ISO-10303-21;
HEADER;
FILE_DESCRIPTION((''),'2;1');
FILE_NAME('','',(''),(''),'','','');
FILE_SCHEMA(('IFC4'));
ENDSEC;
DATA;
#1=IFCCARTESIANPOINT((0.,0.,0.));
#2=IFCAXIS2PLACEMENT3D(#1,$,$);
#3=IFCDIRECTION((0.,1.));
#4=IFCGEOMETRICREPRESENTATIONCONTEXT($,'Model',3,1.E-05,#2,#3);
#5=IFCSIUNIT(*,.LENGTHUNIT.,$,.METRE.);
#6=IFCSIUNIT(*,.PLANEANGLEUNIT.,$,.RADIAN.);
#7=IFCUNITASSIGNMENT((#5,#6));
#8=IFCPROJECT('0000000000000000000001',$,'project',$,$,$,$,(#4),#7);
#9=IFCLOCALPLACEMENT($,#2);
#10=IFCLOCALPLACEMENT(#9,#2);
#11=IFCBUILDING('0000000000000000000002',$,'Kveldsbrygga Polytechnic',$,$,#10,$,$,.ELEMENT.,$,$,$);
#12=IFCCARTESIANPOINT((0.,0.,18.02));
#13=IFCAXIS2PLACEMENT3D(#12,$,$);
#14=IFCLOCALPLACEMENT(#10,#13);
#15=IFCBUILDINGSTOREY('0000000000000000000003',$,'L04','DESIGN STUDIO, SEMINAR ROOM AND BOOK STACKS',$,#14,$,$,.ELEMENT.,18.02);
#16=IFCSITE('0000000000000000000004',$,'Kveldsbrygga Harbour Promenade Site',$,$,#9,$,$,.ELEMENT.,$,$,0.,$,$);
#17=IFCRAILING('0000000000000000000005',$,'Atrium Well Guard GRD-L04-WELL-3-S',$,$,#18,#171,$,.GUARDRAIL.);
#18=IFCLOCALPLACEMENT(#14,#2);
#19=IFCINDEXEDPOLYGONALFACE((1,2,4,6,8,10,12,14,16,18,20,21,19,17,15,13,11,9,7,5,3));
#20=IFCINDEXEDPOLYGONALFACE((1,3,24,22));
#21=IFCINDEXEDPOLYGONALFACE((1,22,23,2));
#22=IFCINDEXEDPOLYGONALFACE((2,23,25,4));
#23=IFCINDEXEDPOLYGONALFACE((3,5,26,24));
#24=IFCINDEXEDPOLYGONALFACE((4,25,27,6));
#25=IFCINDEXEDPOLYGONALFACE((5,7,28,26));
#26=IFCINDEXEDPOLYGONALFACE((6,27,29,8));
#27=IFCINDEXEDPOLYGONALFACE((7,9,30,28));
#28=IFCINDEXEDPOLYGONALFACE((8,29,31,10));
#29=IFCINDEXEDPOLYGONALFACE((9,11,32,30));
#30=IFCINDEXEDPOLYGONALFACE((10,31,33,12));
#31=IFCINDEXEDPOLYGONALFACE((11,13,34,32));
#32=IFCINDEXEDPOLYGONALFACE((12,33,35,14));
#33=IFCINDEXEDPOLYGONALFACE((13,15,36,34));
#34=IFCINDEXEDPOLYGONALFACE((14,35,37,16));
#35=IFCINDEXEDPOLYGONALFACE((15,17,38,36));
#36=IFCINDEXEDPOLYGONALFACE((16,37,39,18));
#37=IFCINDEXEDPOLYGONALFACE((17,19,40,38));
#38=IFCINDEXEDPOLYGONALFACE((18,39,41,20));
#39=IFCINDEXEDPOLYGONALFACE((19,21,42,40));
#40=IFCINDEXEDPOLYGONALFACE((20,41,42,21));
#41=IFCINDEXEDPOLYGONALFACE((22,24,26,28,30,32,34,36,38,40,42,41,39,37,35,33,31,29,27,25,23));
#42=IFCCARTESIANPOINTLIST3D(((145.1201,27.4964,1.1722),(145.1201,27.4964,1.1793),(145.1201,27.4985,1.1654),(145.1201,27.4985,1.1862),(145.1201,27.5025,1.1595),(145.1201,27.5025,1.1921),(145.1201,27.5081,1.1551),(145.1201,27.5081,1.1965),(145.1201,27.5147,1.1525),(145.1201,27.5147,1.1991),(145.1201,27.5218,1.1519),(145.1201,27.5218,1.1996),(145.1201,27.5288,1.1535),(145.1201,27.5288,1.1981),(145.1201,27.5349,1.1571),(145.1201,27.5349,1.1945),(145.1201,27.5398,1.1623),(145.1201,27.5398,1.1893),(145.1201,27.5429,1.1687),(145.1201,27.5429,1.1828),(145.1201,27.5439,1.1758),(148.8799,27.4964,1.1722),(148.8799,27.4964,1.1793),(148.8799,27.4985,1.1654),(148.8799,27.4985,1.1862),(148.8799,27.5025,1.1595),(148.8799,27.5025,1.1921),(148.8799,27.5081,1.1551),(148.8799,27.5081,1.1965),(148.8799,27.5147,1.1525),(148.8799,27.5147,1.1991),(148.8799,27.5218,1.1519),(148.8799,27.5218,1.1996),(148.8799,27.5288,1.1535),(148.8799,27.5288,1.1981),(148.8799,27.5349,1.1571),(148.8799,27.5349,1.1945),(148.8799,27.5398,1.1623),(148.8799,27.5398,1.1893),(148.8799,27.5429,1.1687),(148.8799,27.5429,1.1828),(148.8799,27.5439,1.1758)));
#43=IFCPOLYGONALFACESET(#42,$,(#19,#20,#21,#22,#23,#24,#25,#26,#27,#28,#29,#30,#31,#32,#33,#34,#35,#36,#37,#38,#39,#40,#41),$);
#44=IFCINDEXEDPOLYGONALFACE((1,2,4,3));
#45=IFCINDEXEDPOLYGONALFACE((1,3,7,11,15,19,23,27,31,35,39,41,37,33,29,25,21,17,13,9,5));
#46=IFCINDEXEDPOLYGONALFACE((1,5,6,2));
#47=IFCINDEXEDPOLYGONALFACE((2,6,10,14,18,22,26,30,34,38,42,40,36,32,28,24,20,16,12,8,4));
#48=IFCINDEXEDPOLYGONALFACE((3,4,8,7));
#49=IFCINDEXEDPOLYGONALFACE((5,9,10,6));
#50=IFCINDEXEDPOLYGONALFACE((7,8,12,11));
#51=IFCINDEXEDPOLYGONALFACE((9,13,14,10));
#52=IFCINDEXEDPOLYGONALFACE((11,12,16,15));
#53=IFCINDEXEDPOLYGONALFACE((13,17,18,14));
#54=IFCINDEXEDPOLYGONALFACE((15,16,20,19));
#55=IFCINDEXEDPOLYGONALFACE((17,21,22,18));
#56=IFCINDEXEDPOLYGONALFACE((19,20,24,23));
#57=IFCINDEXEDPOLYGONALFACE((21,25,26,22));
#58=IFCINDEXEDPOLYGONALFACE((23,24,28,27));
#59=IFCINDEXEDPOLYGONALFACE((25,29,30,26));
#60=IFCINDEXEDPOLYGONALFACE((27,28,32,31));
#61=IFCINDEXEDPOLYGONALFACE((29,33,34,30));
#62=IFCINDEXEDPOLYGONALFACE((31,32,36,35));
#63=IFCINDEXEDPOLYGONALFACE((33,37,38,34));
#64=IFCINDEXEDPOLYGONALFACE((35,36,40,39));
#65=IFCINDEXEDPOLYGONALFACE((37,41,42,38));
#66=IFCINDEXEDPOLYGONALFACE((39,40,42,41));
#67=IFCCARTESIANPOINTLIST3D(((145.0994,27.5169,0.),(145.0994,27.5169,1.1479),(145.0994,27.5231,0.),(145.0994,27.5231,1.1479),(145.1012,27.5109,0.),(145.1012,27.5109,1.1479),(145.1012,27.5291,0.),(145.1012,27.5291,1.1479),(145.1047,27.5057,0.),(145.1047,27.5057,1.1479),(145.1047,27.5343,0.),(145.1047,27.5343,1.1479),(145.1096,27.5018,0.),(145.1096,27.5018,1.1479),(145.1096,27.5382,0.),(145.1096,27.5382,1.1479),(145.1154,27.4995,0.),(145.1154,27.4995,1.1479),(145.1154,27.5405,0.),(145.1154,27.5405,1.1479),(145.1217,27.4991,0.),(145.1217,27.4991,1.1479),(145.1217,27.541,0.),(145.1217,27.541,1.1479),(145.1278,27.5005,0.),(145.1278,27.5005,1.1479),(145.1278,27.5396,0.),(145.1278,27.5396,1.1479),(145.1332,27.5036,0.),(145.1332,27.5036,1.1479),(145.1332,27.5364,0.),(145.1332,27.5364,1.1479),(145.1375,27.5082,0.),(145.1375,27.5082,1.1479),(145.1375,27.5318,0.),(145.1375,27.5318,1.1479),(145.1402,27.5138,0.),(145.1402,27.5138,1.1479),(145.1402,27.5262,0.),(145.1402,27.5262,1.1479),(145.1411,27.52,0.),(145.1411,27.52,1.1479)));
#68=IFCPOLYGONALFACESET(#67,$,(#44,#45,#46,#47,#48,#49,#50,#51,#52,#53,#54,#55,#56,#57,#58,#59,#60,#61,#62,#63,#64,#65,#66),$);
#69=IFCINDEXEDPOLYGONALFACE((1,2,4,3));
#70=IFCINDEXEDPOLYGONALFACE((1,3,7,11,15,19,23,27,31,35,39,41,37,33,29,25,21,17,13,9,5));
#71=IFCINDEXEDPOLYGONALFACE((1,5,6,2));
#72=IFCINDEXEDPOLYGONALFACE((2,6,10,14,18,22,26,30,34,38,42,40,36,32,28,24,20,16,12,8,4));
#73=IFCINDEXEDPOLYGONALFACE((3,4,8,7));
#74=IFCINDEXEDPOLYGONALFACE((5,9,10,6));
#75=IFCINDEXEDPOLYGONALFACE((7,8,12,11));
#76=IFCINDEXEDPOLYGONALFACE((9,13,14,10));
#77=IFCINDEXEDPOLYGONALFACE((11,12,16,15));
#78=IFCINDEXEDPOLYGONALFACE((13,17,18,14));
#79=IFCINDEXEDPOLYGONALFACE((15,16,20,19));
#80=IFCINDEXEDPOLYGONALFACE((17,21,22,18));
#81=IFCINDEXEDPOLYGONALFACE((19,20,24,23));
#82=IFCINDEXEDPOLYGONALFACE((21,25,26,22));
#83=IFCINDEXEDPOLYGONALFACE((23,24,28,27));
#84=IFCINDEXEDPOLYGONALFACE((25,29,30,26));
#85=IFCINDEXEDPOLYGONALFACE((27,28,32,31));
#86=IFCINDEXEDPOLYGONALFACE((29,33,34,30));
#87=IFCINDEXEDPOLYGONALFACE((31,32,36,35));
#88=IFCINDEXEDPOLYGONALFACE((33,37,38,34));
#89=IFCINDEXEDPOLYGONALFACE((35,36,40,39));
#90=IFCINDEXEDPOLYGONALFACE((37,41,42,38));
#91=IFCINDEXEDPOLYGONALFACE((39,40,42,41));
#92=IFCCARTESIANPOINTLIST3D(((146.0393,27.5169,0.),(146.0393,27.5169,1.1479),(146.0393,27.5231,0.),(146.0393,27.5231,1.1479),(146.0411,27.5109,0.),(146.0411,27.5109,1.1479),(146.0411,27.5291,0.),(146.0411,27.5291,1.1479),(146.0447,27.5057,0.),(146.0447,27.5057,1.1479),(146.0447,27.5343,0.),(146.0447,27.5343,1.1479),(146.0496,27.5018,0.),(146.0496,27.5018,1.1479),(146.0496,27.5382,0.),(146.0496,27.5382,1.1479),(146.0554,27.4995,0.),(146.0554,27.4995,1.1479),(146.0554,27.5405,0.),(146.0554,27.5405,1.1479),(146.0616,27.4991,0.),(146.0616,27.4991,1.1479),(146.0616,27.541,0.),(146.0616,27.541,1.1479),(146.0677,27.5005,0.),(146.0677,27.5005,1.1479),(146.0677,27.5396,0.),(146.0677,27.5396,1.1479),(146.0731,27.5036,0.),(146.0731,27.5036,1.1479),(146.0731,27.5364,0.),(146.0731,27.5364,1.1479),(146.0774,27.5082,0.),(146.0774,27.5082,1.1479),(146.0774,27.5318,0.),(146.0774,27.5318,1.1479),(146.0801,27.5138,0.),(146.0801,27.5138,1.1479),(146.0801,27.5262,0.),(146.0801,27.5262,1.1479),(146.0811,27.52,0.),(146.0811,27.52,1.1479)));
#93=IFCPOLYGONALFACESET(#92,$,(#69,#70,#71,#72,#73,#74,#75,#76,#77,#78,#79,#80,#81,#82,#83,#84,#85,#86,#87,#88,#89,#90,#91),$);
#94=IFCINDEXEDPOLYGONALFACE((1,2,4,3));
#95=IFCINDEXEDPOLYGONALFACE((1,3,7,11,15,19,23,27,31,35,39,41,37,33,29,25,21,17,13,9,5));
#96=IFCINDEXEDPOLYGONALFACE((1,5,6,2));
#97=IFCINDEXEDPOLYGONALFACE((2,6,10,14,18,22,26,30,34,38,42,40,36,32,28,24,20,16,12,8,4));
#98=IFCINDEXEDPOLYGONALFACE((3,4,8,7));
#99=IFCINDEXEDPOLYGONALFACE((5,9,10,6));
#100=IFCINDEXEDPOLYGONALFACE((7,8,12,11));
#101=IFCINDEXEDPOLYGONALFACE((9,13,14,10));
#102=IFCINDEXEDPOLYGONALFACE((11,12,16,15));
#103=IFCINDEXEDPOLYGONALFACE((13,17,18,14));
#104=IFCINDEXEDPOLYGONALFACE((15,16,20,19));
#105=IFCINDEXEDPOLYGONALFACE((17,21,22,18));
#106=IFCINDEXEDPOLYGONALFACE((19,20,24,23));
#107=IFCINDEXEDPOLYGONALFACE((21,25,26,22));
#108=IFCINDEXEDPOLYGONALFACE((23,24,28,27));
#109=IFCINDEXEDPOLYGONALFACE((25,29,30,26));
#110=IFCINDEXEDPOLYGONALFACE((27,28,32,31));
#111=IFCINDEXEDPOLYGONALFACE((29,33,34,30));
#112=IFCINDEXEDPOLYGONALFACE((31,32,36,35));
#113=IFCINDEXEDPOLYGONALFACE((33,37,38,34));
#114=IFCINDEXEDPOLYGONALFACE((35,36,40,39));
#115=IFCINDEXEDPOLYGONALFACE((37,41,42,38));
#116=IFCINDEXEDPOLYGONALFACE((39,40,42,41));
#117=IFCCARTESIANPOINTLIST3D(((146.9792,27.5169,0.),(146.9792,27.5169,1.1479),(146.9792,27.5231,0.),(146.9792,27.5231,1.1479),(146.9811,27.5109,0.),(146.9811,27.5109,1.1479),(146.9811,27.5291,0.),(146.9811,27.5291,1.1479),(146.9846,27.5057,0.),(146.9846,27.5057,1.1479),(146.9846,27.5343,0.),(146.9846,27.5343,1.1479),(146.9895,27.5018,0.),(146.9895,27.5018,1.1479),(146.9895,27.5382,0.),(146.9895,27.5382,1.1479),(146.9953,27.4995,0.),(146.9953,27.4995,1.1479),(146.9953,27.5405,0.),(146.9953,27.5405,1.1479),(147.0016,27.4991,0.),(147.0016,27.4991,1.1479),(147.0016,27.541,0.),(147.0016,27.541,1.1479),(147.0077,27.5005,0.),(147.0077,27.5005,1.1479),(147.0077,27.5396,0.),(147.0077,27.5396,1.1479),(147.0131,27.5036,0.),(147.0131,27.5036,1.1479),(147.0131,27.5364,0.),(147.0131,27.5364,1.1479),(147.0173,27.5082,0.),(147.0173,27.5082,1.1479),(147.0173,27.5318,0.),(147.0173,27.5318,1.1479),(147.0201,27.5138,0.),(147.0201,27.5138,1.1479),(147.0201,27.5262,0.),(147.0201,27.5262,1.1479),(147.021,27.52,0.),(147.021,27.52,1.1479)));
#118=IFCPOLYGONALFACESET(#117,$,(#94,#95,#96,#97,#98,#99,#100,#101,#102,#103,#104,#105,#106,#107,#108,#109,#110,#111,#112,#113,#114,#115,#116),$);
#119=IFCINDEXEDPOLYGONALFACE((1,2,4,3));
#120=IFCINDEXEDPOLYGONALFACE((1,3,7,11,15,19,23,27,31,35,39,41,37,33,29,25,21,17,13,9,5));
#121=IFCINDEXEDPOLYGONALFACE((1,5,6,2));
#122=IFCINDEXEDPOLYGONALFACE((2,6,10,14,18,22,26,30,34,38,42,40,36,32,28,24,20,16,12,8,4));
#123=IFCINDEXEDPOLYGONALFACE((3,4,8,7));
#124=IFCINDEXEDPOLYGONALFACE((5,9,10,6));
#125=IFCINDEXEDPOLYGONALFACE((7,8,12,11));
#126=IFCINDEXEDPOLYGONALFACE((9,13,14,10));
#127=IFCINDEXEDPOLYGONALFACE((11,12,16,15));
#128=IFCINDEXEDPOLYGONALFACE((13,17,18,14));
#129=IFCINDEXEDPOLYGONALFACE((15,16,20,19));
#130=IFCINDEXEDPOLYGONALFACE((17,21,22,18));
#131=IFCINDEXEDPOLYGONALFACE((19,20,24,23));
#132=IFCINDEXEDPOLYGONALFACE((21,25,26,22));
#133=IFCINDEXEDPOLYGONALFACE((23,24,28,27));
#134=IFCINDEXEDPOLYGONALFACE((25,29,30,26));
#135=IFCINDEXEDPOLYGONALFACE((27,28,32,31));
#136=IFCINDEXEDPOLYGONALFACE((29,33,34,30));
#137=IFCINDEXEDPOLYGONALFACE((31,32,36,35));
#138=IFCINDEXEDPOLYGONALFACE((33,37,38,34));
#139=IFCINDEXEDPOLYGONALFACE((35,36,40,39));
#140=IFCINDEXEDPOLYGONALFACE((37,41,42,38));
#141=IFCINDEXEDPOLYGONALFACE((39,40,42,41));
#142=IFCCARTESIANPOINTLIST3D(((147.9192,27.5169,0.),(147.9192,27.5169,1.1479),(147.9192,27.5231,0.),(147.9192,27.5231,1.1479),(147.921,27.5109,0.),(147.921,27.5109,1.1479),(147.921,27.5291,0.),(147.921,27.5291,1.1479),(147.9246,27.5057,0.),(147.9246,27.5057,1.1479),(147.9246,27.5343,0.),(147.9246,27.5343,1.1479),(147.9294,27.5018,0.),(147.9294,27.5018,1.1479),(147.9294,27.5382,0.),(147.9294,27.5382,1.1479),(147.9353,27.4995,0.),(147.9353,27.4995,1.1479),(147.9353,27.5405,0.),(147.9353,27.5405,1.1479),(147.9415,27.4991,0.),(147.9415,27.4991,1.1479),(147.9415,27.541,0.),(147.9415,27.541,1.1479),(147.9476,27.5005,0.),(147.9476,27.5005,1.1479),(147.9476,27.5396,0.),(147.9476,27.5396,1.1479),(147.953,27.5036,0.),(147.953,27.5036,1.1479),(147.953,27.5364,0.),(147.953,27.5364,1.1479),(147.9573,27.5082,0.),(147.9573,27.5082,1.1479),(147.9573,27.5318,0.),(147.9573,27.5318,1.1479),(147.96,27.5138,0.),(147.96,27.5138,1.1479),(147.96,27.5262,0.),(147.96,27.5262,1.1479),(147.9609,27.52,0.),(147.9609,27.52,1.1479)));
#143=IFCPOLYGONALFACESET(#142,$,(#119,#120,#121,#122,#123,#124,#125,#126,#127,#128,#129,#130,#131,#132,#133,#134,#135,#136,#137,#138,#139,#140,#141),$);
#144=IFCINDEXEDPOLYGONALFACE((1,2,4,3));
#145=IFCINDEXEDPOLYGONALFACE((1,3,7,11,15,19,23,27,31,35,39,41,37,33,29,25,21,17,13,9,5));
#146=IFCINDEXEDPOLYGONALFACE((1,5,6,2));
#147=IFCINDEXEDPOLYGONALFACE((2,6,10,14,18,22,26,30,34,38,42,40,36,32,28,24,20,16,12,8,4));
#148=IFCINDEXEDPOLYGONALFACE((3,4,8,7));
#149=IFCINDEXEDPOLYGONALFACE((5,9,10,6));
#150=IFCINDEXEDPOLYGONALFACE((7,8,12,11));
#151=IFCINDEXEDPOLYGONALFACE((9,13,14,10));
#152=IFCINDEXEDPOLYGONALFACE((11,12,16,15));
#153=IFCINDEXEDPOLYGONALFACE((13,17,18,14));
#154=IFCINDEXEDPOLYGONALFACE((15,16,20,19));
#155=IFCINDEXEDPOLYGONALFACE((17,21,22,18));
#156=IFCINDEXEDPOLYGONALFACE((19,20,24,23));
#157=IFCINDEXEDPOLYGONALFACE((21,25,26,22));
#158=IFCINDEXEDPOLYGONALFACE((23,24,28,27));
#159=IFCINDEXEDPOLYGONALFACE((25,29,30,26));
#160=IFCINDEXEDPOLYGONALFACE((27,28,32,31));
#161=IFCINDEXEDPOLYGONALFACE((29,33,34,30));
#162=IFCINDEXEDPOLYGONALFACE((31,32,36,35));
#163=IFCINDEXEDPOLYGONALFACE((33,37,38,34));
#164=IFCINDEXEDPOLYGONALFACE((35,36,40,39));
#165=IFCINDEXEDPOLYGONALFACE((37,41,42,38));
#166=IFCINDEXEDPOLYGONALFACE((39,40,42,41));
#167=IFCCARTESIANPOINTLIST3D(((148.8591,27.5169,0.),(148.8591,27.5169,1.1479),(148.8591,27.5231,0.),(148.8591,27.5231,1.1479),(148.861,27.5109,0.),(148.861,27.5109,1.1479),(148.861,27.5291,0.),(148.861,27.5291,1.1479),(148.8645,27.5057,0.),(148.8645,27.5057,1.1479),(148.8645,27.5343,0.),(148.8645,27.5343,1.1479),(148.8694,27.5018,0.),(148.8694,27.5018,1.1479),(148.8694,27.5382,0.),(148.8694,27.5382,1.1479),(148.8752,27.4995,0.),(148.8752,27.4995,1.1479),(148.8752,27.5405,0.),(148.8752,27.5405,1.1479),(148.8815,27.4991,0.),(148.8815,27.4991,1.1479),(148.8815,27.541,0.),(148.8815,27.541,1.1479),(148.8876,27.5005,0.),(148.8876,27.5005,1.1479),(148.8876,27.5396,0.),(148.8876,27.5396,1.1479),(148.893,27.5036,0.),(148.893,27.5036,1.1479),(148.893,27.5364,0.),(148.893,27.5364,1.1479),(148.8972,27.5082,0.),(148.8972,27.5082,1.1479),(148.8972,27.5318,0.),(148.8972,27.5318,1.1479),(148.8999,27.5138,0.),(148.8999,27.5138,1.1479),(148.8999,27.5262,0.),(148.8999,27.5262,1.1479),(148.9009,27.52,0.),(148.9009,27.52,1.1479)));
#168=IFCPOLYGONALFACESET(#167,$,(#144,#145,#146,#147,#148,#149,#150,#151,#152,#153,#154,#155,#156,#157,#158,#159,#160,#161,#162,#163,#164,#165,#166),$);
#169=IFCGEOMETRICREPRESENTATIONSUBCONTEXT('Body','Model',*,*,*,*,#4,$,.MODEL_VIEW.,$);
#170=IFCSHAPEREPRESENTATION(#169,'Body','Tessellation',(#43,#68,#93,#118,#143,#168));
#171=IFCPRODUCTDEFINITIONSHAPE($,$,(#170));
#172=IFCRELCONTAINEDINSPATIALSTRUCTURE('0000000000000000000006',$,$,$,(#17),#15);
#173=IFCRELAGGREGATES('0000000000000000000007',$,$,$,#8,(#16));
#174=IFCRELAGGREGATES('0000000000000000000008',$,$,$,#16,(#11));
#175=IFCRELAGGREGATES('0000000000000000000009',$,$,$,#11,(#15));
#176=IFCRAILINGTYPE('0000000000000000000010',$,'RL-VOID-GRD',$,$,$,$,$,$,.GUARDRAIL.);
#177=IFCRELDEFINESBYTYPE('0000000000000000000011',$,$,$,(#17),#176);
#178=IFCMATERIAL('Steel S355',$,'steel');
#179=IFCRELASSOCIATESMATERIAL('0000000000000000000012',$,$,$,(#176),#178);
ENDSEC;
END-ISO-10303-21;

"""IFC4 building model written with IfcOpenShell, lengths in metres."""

from ifc_helpers import new_model, si_unit, direction, frame, origin, origin_2d, place, context, subcontext, project, spatial, circle, extrude, material, type_object, element, save


model = new_model("IFC4")

# Units and contexts
model_context = context("Model", 3, precision=1e-05, world=origin(), true_north=direction((0.0, 1.0)))
body_context = subcontext(model_context, "Body", "Model", "MODEL_VIEW")
ifc_project = project(units=[si_unit("LENGTHUNIT", "METRE"), si_unit("PLANEANGLEUNIT", "RADIAN")], contexts=[model_context])

# Site, building, storey
site_placement = place(None, origin())
site = spatial("IfcSite", under=ifc_project, at=site_placement, Name="Kveldsbrygga Harbour Promenade Site", CompositionType="ELEMENT", RefElevation=0.0)
building_placement = place(site_placement, origin())
building = spatial("IfcBuilding", under=site, at=building_placement, Name="Kveldsbrygga Polytechnic", CompositionType="ELEMENT")
storey_placement = place(building_placement, frame((0.0, 0.0, 18.02)))
storey = spatial("IfcBuildingStorey", under=building, at=storey_placement, Name="L04", Description="DESIGN STUDIO, SEMINAR ROOM AND BOOK STACKS", CompositionType="ELEMENT", Elevation=18.02)

# Shared definitions
ifc_material_1 = material(Name="Steel S355", Category="steel")

# Railing
railing_type = type_object("IfcRailingType", Name="RL-VOID-GRD", PredefinedType="GUARDRAIL", material=ifc_material_1)
railing_1_placement = place(storey_placement, frame((145.1201, 27.52, 0.0)))
element("IfcRailing", 1, at=railing_1_placement, inside=storey, type_object=railing_type, Name="Atrium Well Guard GRD-L04-WELL-3-S", PredefinedType="GUARDRAIL", context=body_context, shape_type="SweptSolid", body=[
    extrude(circle(Radius=0.0239, at=origin_2d()), frame((0.0, 0.0, 1.1758), z_axis=(1.0, 0.0, 0.0), x_axis=(0.0, 1.0, 0.0)), (0.0, 0.0, 1.0), 3.7598),
    extrude(circle(Radius=0.021, at=origin_2d()), origin(), (0.0, 0.0, 1.0), 1.1479),
    extrude(circle(Radius=0.021, at=origin_2d()), frame((0.9399, 0.0, 0.0)), (0.0, 0.0, 1.0), 1.1479),
    extrude(circle(Radius=0.021, at=origin_2d()), frame((1.8799, 0.0, 0.0)), (0.0, 0.0, 1.0), 1.1479),
    extrude(circle(Radius=0.021, at=origin_2d()), frame((2.8198, 0.0, 0.0)), (0.0, 0.0, 1.0), 1.1479),
    extrude(circle(Radius=0.021, at=origin_2d()), frame((3.7598, 0.0, 0.0)), (0.0, 0.0, 1.0), 1.1479),
])

save(model, "model.ifc")
